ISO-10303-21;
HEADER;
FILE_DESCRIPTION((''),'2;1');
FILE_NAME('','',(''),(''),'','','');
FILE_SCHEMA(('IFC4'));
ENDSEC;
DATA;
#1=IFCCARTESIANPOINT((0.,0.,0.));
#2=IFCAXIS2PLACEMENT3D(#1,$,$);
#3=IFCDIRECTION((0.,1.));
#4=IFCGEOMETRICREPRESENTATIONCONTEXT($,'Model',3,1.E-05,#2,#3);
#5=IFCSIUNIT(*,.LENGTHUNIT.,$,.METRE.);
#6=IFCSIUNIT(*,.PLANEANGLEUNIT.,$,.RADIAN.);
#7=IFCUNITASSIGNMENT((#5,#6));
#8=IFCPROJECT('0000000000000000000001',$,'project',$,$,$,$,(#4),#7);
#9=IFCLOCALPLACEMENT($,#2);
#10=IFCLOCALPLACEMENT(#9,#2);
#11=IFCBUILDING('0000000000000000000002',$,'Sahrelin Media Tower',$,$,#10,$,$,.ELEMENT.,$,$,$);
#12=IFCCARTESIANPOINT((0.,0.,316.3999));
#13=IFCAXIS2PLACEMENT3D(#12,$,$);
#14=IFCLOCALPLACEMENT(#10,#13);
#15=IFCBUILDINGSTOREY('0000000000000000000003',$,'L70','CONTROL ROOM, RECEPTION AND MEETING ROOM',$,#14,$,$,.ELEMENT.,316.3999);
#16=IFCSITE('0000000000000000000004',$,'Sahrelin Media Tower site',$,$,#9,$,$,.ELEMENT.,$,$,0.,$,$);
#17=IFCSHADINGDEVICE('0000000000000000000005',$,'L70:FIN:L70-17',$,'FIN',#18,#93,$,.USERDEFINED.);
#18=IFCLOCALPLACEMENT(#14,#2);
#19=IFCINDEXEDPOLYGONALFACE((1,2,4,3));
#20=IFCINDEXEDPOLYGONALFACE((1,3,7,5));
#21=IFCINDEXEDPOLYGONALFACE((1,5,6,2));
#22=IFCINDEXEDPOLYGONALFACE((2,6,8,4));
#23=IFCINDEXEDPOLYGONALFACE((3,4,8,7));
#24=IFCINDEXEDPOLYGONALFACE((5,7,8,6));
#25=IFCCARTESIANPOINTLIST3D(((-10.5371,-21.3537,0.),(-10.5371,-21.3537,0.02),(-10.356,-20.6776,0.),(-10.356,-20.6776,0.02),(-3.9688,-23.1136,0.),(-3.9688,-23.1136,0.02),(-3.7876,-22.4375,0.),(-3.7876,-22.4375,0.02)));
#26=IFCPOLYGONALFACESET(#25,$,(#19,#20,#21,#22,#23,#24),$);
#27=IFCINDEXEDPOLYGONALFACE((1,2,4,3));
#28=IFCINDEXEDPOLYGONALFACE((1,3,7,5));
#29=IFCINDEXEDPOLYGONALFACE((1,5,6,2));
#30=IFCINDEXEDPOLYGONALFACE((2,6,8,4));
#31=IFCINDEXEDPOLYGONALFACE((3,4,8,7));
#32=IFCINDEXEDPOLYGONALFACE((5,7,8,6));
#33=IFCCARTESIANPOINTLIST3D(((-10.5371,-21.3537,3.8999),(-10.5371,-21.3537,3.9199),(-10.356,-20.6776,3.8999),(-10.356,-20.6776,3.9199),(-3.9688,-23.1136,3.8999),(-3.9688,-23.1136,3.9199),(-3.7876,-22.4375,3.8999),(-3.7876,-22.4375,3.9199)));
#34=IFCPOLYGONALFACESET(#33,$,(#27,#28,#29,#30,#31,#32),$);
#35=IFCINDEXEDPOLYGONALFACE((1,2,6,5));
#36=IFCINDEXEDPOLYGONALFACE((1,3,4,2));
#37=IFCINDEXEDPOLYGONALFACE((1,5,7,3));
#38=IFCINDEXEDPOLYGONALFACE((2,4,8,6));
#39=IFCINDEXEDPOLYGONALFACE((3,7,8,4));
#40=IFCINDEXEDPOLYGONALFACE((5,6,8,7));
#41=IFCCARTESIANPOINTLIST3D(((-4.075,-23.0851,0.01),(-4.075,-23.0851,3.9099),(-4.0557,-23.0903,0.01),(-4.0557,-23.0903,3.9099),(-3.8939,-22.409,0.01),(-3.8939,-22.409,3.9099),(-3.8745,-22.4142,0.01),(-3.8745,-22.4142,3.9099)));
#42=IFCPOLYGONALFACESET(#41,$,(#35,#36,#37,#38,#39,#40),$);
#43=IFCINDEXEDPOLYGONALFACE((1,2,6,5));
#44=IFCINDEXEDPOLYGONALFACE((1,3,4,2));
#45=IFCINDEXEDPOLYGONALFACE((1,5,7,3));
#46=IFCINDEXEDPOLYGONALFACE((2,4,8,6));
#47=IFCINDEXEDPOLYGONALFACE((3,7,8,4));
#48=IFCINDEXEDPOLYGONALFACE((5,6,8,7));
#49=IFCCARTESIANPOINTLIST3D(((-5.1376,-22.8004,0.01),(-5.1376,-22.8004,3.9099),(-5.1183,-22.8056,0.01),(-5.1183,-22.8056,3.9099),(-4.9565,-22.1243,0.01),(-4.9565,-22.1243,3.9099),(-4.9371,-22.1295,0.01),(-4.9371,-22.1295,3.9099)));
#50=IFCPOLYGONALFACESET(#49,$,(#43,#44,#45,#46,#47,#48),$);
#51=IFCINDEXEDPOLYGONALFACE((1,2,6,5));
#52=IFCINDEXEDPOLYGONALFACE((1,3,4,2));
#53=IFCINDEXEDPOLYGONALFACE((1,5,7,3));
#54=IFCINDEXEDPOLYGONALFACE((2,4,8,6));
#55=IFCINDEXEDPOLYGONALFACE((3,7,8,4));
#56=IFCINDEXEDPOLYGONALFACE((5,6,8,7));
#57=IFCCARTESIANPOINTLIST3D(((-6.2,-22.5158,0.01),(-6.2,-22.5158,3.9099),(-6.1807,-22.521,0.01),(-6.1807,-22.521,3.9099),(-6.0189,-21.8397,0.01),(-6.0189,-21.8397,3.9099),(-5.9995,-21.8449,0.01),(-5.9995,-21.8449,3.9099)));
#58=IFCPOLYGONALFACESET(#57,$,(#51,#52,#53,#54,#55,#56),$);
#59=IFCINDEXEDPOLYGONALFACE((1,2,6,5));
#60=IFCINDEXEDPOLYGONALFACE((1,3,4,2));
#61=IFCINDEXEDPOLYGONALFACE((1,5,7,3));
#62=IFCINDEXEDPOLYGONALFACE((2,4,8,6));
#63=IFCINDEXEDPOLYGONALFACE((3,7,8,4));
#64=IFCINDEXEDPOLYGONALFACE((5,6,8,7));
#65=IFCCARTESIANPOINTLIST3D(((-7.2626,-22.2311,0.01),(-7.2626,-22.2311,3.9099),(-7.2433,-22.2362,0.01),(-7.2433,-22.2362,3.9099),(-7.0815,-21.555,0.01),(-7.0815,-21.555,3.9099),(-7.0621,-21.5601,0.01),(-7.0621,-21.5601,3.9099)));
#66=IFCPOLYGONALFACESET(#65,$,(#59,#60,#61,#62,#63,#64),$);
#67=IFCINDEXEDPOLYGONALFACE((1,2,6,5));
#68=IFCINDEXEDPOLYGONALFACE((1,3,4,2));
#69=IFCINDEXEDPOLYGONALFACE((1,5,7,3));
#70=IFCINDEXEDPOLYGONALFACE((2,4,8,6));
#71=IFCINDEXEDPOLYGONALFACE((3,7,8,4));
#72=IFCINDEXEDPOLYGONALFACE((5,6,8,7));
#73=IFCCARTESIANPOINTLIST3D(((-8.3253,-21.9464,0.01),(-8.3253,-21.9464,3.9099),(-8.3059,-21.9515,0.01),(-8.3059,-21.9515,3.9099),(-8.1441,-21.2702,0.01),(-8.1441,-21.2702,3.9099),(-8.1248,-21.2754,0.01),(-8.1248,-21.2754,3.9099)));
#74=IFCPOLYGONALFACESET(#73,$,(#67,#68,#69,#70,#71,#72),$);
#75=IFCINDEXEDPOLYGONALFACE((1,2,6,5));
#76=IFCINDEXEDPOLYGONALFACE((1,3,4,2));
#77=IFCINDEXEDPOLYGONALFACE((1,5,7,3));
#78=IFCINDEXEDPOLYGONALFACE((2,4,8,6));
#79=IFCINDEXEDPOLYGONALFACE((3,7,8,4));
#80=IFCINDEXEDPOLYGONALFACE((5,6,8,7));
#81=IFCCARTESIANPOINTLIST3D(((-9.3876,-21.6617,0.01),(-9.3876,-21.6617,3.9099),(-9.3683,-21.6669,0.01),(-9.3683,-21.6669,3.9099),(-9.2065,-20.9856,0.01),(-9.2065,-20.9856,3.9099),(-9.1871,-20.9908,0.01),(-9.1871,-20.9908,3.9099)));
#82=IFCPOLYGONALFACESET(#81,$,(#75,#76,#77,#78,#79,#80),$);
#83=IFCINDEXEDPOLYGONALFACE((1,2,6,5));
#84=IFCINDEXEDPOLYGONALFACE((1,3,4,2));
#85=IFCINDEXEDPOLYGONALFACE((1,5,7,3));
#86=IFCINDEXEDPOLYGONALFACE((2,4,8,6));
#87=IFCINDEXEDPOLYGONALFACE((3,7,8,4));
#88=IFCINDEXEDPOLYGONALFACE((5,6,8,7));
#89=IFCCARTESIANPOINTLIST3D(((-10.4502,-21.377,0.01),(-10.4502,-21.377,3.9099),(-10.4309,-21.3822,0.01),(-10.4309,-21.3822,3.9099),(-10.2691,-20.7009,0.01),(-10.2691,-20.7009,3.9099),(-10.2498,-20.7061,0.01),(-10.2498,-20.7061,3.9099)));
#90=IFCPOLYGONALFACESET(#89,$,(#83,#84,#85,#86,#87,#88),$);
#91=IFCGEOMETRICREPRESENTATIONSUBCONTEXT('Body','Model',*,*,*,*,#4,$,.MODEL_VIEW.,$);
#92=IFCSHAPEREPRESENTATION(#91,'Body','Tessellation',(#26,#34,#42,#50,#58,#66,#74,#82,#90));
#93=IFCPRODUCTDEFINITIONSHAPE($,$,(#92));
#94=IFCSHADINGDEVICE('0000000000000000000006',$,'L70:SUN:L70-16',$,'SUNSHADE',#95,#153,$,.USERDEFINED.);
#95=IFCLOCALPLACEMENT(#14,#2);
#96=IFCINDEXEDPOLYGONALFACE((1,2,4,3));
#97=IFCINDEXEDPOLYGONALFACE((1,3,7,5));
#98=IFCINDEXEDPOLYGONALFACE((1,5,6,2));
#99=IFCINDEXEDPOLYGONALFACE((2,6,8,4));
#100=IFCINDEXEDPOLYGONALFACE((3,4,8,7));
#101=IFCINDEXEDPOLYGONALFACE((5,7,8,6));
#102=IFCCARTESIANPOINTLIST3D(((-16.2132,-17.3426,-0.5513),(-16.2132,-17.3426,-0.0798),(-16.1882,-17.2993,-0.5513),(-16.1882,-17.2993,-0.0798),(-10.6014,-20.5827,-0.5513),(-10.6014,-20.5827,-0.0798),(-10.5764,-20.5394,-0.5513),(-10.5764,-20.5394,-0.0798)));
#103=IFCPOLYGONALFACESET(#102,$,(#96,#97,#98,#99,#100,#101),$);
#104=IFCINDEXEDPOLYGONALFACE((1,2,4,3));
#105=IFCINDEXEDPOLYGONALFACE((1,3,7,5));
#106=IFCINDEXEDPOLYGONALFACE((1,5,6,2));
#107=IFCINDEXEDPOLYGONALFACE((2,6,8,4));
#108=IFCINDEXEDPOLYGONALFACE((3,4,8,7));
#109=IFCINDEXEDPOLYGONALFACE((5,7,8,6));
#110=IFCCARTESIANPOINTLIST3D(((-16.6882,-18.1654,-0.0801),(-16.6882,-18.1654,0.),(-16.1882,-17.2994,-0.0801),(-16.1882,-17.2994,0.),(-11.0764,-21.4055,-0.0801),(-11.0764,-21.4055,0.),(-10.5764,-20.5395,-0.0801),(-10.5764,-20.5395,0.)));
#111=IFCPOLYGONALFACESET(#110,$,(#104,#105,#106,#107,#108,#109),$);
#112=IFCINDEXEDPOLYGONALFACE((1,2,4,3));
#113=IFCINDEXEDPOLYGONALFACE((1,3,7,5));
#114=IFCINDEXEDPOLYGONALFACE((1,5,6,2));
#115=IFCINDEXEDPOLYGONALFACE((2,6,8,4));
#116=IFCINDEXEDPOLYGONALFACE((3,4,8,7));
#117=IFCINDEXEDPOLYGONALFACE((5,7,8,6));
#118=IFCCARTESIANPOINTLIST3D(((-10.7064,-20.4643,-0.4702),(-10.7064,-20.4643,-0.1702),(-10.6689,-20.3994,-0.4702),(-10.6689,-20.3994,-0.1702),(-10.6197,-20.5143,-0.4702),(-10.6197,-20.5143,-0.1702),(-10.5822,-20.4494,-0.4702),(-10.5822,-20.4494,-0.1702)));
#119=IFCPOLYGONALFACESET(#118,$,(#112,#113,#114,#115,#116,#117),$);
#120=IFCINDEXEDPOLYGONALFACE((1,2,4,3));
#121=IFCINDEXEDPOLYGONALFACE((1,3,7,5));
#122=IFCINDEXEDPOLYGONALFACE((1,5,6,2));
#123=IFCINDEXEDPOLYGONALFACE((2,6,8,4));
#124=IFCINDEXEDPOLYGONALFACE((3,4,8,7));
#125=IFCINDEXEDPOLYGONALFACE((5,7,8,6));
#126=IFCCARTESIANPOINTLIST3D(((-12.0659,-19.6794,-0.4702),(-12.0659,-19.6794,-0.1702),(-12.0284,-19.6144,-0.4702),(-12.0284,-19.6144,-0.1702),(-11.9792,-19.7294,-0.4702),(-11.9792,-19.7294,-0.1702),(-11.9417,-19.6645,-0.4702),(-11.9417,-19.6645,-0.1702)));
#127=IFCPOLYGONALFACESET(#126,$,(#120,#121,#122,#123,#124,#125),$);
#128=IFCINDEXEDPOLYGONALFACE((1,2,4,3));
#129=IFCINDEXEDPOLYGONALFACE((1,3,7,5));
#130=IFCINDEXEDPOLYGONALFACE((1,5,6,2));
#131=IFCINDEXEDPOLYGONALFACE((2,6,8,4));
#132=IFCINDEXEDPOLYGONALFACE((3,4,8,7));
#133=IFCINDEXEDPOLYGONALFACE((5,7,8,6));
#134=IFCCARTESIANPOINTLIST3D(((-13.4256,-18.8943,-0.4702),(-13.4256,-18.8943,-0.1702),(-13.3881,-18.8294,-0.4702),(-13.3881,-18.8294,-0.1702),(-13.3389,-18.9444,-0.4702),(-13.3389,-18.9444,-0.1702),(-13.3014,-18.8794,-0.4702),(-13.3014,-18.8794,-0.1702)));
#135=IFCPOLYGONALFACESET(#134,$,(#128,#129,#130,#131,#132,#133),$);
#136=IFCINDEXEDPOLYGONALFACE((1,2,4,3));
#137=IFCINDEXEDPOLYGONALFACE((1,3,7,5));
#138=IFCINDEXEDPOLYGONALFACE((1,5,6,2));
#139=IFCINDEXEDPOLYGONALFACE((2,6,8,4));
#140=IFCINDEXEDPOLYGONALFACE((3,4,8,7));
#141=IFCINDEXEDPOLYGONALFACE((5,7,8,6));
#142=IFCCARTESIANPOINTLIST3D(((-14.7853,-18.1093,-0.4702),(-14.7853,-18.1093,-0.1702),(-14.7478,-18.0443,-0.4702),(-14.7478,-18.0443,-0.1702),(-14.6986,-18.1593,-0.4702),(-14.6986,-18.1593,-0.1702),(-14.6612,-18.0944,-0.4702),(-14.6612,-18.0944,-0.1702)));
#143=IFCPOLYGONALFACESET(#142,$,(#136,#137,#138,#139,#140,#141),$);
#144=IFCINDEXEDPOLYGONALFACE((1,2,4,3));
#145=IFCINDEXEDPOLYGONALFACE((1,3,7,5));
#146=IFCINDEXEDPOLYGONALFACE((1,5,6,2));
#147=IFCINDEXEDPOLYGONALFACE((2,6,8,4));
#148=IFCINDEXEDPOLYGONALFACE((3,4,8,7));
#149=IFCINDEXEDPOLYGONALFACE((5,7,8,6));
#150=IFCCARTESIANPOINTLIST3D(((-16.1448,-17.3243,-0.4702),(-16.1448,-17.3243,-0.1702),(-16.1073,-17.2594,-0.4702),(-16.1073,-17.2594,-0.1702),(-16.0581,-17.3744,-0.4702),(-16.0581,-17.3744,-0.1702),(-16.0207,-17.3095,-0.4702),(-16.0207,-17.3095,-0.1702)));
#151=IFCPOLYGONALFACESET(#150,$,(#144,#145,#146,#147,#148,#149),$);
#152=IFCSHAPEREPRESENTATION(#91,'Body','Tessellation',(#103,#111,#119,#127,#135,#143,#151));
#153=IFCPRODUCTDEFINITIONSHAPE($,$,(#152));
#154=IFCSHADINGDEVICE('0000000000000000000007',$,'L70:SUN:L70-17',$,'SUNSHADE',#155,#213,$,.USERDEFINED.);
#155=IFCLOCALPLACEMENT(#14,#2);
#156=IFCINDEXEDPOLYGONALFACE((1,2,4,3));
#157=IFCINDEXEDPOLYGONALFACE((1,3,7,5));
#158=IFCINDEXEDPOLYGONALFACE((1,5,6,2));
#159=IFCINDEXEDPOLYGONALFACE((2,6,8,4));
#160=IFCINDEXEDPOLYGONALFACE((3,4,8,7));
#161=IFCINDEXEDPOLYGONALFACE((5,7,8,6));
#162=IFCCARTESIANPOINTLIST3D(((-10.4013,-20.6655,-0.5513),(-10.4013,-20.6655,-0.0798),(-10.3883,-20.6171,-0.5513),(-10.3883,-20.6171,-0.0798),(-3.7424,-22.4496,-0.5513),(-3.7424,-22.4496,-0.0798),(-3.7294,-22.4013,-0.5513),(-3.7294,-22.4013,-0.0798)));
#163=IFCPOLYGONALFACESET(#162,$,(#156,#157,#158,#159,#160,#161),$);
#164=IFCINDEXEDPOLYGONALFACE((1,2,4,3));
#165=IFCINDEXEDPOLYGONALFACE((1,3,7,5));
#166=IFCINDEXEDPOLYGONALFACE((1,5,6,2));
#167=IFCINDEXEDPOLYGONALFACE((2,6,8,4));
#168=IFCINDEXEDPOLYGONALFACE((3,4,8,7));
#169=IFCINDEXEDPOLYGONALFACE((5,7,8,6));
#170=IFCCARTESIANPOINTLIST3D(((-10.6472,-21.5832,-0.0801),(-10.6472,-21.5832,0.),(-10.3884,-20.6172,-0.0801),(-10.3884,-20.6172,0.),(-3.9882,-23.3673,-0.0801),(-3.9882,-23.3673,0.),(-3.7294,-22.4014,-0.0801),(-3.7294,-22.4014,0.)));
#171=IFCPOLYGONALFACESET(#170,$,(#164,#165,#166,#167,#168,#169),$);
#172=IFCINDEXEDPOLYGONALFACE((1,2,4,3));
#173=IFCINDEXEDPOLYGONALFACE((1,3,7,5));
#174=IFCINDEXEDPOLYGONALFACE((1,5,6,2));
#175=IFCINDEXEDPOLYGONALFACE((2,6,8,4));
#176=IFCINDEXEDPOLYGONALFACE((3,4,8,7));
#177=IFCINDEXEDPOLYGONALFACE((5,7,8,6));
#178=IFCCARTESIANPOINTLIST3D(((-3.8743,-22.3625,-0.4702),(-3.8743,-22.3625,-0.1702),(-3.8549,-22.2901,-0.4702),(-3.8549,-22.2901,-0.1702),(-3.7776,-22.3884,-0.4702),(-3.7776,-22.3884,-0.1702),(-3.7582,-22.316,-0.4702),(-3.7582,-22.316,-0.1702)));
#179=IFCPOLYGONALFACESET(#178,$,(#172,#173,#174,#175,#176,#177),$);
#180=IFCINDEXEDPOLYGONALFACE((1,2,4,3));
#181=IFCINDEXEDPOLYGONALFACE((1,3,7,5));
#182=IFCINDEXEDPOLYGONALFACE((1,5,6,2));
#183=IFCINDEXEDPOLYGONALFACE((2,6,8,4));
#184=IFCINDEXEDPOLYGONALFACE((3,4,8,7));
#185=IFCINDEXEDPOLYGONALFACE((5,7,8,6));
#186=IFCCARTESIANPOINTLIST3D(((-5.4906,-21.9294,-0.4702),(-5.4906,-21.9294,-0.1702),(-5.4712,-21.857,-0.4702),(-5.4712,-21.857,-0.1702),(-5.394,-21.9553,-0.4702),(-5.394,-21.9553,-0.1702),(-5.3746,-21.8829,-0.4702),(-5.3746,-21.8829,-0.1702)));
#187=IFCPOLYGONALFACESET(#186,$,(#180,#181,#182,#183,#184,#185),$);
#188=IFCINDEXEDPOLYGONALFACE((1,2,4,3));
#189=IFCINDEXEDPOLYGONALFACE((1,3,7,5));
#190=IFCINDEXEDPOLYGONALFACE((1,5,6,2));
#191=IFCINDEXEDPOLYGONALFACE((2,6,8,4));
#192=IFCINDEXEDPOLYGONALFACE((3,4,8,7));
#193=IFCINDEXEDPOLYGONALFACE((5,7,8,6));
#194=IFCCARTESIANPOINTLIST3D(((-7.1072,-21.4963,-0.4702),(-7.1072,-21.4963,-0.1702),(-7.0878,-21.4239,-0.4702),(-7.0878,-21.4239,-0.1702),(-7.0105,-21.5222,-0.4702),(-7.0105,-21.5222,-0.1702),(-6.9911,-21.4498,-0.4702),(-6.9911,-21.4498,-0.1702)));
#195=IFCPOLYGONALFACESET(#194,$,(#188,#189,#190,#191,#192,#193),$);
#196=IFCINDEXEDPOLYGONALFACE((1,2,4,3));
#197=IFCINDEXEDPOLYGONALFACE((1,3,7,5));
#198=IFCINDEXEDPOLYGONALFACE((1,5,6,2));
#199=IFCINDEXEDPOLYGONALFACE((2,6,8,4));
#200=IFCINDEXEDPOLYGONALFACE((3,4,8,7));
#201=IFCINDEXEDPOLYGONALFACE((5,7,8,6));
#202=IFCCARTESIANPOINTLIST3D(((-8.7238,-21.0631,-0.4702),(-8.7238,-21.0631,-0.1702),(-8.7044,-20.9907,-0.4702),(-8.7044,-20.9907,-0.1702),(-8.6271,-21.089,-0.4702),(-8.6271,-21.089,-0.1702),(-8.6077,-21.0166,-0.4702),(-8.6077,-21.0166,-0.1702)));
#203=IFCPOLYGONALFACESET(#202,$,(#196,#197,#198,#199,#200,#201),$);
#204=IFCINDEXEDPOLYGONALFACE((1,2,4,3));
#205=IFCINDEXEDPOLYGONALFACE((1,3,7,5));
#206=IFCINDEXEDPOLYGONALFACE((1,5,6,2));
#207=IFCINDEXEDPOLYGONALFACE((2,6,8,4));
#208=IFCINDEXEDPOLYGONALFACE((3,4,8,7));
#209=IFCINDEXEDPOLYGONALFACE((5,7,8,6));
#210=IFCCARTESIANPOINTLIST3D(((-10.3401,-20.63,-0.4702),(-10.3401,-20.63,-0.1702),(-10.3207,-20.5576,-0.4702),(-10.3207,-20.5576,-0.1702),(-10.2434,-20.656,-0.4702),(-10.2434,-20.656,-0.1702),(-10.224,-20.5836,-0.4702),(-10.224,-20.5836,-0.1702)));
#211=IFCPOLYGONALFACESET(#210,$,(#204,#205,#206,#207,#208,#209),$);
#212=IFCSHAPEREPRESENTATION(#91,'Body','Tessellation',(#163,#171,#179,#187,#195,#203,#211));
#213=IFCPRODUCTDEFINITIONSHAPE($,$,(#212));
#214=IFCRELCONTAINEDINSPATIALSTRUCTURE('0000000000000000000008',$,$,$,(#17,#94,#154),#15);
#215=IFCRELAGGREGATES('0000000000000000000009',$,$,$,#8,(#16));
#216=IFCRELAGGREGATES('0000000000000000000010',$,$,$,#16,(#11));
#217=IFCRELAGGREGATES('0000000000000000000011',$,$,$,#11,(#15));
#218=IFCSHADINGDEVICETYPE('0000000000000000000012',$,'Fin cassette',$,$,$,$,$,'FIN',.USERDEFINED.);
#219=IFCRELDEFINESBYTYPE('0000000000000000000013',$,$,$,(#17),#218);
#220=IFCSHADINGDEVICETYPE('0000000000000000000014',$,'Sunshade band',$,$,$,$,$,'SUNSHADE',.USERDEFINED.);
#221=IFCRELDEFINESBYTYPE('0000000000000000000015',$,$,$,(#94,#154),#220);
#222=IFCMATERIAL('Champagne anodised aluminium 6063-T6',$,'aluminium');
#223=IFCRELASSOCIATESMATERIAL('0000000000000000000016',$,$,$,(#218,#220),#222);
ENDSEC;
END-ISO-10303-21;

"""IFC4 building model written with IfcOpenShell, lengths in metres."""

from ifc_helpers import new_model, si_unit, direction, frame, origin, origin_2d, place, context, subcontext, project, spatial, rectangle, extrude, material, type_object, element, save


model = new_model("IFC4")

# Units and contexts
model_context = context("Model", 3, precision=1e-05, world=origin(), true_north=direction((0.0, 1.0)))
body_context = subcontext(model_context, "Body", "Model", "MODEL_VIEW")
ifc_project = project(units=[si_unit("LENGTHUNIT", "METRE"), si_unit("PLANEANGLEUNIT", "RADIAN")], contexts=[model_context])

# Site, building, storey
site_placement = place(None, origin())
site = spatial("IfcSite", under=ifc_project, at=site_placement, Name="Sahrelin Media Tower site", CompositionType="ELEMENT", RefElevation=0.0)
building_placement = place(site_placement, origin())
building = spatial("IfcBuilding", under=site, at=building_placement, Name="Sahrelin Media Tower", CompositionType="ELEMENT")
storey_placement = place(building_placement, frame((0.0, 0.0, 316.3999)))
storey = spatial("IfcBuildingStorey", under=building, at=storey_placement, Name="L70", Description="CONTROL ROOM, RECEPTION AND MEETING ROOM", CompositionType="ELEMENT", Elevation=316.3999)

# Shared definitions
ifc_material_1 = material(Name="Champagne anodised aluminium 6063-T6", Category="aluminium")

# Shading devices
shading_device_type_1 = type_object("IfcShadingDeviceType", Name="Fin cassette", ElementType="FIN", PredefinedType="USERDEFINED", material=ifc_material_1)
placement_1 = place(storey_placement, frame((-13.3723, -18.9021, 0.0), z_axis=(0.0, 0.0, 1.0), x_axis=(-0.866019, 0.500011, 0.0)))
placement_2 = place(storey_placement, frame((-7.0537, -21.49, 0.0), z_axis=(0.0, 0.0, 1.0), x_axis=(-0.965929, 0.258808, 0.0)))
element("IfcShadingDevice", 1, at=placement_2, inside=storey, type_object=shading_device_type_1, Name="L70:FIN:L70-17", ObjectType="FIN", PredefinedType="USERDEFINED", context=body_context, shape_type="SweptSolid", body=[
    extrude(rectangle(XDim=6.8, YDim=0.7, at=origin_2d()), frame((0.0, 0.4199, 0.0)), (0.0, 0.0, 1.0), 0.02),
    extrude(rectangle(XDim=6.8, YDim=0.7, at=origin_2d()), frame((0.0, 0.4199, 3.8999)), (0.0, 0.0, 1.0), 0.02),
    extrude(rectangle(XDim=0.02, YDim=0.7, at=origin_2d()), frame((-3.3, 0.4199, 0.01), z_axis=(0.0, 0.0, 1.0), x_axis=(1.0, 0.0, 0.0)), (0.0, 0.0, 1.0), 3.8999),
    extrude(rectangle(XDim=0.02, YDim=0.7, at=origin_2d()), frame((-2.2, 0.4199, 0.01), z_axis=(0.0, 0.0, 1.0), x_axis=(1.0, 0.0, 0.0)), (0.0, 0.0, 1.0), 3.8999),
    extrude(rectangle(XDim=0.02, YDim=0.7, at=origin_2d()), frame((-1.1001, 0.4199, 0.01), z_axis=(0.0, 0.0, 1.0), x_axis=(1.0, 0.0, 0.0)), (0.0, 0.0, 1.0), 3.8999),
    extrude(rectangle(XDim=0.02, YDim=0.7, at=origin_2d()), frame((0.0, 0.4199, 0.01), z_axis=(0.0, 0.0, 1.0), x_axis=(1.0, 0.0, 0.0)), (0.0, 0.0, 1.0), 3.8999),
    extrude(rectangle(XDim=0.02, YDim=0.7, at=origin_2d()), frame((1.1001, 0.4199, 0.01), z_axis=(0.0, 0.0, 1.0), x_axis=(1.0, 0.0, 0.0)), (0.0, 0.0, 1.0), 3.8999),
    extrude(rectangle(XDim=0.02, YDim=0.7, at=origin_2d()), frame((2.2, 0.4199, 0.01), z_axis=(0.0, 0.0, 1.0), x_axis=(1.0, 0.0, 0.0)), (0.0, 0.0, 1.0), 3.8999),
    extrude(rectangle(XDim=0.02, YDim=0.7, at=origin_2d()), frame((3.3, 0.4199, 0.01), z_axis=(0.0, 0.0, 1.0), x_axis=(1.0, 0.0, 0.0)), (0.0, 0.0, 1.0), 3.8999),
])
shading_device_type_2 = type_object("IfcShadingDeviceType", Name="Sunshade band", ElementType="SUNSHADE", PredefinedType="USERDEFINED", material=ifc_material_1)
element("IfcShadingDevice", 2, at=placement_1, inside=storey, type_object=shading_device_type_2, Name="L70:SUN:L70-16", ObjectType="SUNSHADE", PredefinedType="USERDEFINED", context=body_context, shape_type="SweptSolid", body=[
    extrude(rectangle(XDim=6.48, YDim=0.05, at=origin_2d()), frame((0.0, 0.0449, -0.5513)), (0.0, 0.0, 1.0), 0.4714),
    extrude(rectangle(XDim=6.48, YDim=1.0, at=origin_2d()), frame((0.0, 0.52, -0.0801)), (0.0, 0.0, 1.0), 0.0801),
    extrude(rectangle(XDim=0.1001, YDim=0.075, at=origin_2d()), frame((-3.1399, -0.0176, -0.4702)), (0.0, 0.0, 1.0), 0.3),
    extrude(rectangle(XDim=0.1001, YDim=0.075, at=origin_2d()), frame((-1.5701, -0.0176, -0.4702)), (0.0, 0.0, 1.0), 0.3),
    extrude(rectangle(XDim=0.1001, YDim=0.075, at=origin_2d()), frame((0.0, -0.0176, -0.4702)), (0.0, 0.0, 1.0), 0.3),
    extrude(rectangle(XDim=0.1001, YDim=0.075, at=origin_2d()), frame((1.5701, -0.0176, -0.4702)), (0.0, 0.0, 1.0), 0.3),
    extrude(rectangle(XDim=0.1001, YDim=0.075, at=origin_2d()), frame((3.1399, -0.0176, -0.4702)), (0.0, 0.0, 1.0), 0.3),
])
element("IfcShadingDevice", 3, at=placement_2, inside=storey, type_object=shading_device_type_2, Name="L70:SUN:L70-17", ObjectType="SUNSHADE", PredefinedType="USERDEFINED", context=body_context, shape_type="SweptSolid", body=[
    extrude(rectangle(XDim=6.8938, YDim=0.05, at=origin_2d()), frame((0.0, 0.0449, -0.5513)), (0.0, 0.0, 1.0), 0.4714),
    extrude(rectangle(XDim=6.8938, YDim=1.0, at=origin_2d()), frame((0.0, 0.52, -0.0801)), (0.0, 0.0, 1.0), 0.0801),
    extrude(rectangle(XDim=0.1001, YDim=0.075, at=origin_2d()), frame((-3.3469, -0.0176, -0.4702)), (0.0, 0.0, 1.0), 0.3),
    extrude(rectangle(XDim=0.1001, YDim=0.075, at=origin_2d()), frame((-1.6736, -0.0176, -0.4702)), (0.0, 0.0, 1.0), 0.3),
    extrude(rectangle(XDim=0.1001, YDim=0.075, at=origin_2d()), frame((0.0, -0.0176, -0.4702)), (0.0, 0.0, 1.0), 0.3),
    extrude(rectangle(XDim=0.1001, YDim=0.075, at=origin_2d()), frame((1.6736, -0.0176, -0.4702)), (0.0, 0.0, 1.0), 0.3),
    extrude(rectangle(XDim=0.1001, YDim=0.075, at=origin_2d()), frame((3.3469, -0.0176, -0.4702)), (0.0, 0.0, 1.0), 0.3),
])

save(model, "model.ifc")
